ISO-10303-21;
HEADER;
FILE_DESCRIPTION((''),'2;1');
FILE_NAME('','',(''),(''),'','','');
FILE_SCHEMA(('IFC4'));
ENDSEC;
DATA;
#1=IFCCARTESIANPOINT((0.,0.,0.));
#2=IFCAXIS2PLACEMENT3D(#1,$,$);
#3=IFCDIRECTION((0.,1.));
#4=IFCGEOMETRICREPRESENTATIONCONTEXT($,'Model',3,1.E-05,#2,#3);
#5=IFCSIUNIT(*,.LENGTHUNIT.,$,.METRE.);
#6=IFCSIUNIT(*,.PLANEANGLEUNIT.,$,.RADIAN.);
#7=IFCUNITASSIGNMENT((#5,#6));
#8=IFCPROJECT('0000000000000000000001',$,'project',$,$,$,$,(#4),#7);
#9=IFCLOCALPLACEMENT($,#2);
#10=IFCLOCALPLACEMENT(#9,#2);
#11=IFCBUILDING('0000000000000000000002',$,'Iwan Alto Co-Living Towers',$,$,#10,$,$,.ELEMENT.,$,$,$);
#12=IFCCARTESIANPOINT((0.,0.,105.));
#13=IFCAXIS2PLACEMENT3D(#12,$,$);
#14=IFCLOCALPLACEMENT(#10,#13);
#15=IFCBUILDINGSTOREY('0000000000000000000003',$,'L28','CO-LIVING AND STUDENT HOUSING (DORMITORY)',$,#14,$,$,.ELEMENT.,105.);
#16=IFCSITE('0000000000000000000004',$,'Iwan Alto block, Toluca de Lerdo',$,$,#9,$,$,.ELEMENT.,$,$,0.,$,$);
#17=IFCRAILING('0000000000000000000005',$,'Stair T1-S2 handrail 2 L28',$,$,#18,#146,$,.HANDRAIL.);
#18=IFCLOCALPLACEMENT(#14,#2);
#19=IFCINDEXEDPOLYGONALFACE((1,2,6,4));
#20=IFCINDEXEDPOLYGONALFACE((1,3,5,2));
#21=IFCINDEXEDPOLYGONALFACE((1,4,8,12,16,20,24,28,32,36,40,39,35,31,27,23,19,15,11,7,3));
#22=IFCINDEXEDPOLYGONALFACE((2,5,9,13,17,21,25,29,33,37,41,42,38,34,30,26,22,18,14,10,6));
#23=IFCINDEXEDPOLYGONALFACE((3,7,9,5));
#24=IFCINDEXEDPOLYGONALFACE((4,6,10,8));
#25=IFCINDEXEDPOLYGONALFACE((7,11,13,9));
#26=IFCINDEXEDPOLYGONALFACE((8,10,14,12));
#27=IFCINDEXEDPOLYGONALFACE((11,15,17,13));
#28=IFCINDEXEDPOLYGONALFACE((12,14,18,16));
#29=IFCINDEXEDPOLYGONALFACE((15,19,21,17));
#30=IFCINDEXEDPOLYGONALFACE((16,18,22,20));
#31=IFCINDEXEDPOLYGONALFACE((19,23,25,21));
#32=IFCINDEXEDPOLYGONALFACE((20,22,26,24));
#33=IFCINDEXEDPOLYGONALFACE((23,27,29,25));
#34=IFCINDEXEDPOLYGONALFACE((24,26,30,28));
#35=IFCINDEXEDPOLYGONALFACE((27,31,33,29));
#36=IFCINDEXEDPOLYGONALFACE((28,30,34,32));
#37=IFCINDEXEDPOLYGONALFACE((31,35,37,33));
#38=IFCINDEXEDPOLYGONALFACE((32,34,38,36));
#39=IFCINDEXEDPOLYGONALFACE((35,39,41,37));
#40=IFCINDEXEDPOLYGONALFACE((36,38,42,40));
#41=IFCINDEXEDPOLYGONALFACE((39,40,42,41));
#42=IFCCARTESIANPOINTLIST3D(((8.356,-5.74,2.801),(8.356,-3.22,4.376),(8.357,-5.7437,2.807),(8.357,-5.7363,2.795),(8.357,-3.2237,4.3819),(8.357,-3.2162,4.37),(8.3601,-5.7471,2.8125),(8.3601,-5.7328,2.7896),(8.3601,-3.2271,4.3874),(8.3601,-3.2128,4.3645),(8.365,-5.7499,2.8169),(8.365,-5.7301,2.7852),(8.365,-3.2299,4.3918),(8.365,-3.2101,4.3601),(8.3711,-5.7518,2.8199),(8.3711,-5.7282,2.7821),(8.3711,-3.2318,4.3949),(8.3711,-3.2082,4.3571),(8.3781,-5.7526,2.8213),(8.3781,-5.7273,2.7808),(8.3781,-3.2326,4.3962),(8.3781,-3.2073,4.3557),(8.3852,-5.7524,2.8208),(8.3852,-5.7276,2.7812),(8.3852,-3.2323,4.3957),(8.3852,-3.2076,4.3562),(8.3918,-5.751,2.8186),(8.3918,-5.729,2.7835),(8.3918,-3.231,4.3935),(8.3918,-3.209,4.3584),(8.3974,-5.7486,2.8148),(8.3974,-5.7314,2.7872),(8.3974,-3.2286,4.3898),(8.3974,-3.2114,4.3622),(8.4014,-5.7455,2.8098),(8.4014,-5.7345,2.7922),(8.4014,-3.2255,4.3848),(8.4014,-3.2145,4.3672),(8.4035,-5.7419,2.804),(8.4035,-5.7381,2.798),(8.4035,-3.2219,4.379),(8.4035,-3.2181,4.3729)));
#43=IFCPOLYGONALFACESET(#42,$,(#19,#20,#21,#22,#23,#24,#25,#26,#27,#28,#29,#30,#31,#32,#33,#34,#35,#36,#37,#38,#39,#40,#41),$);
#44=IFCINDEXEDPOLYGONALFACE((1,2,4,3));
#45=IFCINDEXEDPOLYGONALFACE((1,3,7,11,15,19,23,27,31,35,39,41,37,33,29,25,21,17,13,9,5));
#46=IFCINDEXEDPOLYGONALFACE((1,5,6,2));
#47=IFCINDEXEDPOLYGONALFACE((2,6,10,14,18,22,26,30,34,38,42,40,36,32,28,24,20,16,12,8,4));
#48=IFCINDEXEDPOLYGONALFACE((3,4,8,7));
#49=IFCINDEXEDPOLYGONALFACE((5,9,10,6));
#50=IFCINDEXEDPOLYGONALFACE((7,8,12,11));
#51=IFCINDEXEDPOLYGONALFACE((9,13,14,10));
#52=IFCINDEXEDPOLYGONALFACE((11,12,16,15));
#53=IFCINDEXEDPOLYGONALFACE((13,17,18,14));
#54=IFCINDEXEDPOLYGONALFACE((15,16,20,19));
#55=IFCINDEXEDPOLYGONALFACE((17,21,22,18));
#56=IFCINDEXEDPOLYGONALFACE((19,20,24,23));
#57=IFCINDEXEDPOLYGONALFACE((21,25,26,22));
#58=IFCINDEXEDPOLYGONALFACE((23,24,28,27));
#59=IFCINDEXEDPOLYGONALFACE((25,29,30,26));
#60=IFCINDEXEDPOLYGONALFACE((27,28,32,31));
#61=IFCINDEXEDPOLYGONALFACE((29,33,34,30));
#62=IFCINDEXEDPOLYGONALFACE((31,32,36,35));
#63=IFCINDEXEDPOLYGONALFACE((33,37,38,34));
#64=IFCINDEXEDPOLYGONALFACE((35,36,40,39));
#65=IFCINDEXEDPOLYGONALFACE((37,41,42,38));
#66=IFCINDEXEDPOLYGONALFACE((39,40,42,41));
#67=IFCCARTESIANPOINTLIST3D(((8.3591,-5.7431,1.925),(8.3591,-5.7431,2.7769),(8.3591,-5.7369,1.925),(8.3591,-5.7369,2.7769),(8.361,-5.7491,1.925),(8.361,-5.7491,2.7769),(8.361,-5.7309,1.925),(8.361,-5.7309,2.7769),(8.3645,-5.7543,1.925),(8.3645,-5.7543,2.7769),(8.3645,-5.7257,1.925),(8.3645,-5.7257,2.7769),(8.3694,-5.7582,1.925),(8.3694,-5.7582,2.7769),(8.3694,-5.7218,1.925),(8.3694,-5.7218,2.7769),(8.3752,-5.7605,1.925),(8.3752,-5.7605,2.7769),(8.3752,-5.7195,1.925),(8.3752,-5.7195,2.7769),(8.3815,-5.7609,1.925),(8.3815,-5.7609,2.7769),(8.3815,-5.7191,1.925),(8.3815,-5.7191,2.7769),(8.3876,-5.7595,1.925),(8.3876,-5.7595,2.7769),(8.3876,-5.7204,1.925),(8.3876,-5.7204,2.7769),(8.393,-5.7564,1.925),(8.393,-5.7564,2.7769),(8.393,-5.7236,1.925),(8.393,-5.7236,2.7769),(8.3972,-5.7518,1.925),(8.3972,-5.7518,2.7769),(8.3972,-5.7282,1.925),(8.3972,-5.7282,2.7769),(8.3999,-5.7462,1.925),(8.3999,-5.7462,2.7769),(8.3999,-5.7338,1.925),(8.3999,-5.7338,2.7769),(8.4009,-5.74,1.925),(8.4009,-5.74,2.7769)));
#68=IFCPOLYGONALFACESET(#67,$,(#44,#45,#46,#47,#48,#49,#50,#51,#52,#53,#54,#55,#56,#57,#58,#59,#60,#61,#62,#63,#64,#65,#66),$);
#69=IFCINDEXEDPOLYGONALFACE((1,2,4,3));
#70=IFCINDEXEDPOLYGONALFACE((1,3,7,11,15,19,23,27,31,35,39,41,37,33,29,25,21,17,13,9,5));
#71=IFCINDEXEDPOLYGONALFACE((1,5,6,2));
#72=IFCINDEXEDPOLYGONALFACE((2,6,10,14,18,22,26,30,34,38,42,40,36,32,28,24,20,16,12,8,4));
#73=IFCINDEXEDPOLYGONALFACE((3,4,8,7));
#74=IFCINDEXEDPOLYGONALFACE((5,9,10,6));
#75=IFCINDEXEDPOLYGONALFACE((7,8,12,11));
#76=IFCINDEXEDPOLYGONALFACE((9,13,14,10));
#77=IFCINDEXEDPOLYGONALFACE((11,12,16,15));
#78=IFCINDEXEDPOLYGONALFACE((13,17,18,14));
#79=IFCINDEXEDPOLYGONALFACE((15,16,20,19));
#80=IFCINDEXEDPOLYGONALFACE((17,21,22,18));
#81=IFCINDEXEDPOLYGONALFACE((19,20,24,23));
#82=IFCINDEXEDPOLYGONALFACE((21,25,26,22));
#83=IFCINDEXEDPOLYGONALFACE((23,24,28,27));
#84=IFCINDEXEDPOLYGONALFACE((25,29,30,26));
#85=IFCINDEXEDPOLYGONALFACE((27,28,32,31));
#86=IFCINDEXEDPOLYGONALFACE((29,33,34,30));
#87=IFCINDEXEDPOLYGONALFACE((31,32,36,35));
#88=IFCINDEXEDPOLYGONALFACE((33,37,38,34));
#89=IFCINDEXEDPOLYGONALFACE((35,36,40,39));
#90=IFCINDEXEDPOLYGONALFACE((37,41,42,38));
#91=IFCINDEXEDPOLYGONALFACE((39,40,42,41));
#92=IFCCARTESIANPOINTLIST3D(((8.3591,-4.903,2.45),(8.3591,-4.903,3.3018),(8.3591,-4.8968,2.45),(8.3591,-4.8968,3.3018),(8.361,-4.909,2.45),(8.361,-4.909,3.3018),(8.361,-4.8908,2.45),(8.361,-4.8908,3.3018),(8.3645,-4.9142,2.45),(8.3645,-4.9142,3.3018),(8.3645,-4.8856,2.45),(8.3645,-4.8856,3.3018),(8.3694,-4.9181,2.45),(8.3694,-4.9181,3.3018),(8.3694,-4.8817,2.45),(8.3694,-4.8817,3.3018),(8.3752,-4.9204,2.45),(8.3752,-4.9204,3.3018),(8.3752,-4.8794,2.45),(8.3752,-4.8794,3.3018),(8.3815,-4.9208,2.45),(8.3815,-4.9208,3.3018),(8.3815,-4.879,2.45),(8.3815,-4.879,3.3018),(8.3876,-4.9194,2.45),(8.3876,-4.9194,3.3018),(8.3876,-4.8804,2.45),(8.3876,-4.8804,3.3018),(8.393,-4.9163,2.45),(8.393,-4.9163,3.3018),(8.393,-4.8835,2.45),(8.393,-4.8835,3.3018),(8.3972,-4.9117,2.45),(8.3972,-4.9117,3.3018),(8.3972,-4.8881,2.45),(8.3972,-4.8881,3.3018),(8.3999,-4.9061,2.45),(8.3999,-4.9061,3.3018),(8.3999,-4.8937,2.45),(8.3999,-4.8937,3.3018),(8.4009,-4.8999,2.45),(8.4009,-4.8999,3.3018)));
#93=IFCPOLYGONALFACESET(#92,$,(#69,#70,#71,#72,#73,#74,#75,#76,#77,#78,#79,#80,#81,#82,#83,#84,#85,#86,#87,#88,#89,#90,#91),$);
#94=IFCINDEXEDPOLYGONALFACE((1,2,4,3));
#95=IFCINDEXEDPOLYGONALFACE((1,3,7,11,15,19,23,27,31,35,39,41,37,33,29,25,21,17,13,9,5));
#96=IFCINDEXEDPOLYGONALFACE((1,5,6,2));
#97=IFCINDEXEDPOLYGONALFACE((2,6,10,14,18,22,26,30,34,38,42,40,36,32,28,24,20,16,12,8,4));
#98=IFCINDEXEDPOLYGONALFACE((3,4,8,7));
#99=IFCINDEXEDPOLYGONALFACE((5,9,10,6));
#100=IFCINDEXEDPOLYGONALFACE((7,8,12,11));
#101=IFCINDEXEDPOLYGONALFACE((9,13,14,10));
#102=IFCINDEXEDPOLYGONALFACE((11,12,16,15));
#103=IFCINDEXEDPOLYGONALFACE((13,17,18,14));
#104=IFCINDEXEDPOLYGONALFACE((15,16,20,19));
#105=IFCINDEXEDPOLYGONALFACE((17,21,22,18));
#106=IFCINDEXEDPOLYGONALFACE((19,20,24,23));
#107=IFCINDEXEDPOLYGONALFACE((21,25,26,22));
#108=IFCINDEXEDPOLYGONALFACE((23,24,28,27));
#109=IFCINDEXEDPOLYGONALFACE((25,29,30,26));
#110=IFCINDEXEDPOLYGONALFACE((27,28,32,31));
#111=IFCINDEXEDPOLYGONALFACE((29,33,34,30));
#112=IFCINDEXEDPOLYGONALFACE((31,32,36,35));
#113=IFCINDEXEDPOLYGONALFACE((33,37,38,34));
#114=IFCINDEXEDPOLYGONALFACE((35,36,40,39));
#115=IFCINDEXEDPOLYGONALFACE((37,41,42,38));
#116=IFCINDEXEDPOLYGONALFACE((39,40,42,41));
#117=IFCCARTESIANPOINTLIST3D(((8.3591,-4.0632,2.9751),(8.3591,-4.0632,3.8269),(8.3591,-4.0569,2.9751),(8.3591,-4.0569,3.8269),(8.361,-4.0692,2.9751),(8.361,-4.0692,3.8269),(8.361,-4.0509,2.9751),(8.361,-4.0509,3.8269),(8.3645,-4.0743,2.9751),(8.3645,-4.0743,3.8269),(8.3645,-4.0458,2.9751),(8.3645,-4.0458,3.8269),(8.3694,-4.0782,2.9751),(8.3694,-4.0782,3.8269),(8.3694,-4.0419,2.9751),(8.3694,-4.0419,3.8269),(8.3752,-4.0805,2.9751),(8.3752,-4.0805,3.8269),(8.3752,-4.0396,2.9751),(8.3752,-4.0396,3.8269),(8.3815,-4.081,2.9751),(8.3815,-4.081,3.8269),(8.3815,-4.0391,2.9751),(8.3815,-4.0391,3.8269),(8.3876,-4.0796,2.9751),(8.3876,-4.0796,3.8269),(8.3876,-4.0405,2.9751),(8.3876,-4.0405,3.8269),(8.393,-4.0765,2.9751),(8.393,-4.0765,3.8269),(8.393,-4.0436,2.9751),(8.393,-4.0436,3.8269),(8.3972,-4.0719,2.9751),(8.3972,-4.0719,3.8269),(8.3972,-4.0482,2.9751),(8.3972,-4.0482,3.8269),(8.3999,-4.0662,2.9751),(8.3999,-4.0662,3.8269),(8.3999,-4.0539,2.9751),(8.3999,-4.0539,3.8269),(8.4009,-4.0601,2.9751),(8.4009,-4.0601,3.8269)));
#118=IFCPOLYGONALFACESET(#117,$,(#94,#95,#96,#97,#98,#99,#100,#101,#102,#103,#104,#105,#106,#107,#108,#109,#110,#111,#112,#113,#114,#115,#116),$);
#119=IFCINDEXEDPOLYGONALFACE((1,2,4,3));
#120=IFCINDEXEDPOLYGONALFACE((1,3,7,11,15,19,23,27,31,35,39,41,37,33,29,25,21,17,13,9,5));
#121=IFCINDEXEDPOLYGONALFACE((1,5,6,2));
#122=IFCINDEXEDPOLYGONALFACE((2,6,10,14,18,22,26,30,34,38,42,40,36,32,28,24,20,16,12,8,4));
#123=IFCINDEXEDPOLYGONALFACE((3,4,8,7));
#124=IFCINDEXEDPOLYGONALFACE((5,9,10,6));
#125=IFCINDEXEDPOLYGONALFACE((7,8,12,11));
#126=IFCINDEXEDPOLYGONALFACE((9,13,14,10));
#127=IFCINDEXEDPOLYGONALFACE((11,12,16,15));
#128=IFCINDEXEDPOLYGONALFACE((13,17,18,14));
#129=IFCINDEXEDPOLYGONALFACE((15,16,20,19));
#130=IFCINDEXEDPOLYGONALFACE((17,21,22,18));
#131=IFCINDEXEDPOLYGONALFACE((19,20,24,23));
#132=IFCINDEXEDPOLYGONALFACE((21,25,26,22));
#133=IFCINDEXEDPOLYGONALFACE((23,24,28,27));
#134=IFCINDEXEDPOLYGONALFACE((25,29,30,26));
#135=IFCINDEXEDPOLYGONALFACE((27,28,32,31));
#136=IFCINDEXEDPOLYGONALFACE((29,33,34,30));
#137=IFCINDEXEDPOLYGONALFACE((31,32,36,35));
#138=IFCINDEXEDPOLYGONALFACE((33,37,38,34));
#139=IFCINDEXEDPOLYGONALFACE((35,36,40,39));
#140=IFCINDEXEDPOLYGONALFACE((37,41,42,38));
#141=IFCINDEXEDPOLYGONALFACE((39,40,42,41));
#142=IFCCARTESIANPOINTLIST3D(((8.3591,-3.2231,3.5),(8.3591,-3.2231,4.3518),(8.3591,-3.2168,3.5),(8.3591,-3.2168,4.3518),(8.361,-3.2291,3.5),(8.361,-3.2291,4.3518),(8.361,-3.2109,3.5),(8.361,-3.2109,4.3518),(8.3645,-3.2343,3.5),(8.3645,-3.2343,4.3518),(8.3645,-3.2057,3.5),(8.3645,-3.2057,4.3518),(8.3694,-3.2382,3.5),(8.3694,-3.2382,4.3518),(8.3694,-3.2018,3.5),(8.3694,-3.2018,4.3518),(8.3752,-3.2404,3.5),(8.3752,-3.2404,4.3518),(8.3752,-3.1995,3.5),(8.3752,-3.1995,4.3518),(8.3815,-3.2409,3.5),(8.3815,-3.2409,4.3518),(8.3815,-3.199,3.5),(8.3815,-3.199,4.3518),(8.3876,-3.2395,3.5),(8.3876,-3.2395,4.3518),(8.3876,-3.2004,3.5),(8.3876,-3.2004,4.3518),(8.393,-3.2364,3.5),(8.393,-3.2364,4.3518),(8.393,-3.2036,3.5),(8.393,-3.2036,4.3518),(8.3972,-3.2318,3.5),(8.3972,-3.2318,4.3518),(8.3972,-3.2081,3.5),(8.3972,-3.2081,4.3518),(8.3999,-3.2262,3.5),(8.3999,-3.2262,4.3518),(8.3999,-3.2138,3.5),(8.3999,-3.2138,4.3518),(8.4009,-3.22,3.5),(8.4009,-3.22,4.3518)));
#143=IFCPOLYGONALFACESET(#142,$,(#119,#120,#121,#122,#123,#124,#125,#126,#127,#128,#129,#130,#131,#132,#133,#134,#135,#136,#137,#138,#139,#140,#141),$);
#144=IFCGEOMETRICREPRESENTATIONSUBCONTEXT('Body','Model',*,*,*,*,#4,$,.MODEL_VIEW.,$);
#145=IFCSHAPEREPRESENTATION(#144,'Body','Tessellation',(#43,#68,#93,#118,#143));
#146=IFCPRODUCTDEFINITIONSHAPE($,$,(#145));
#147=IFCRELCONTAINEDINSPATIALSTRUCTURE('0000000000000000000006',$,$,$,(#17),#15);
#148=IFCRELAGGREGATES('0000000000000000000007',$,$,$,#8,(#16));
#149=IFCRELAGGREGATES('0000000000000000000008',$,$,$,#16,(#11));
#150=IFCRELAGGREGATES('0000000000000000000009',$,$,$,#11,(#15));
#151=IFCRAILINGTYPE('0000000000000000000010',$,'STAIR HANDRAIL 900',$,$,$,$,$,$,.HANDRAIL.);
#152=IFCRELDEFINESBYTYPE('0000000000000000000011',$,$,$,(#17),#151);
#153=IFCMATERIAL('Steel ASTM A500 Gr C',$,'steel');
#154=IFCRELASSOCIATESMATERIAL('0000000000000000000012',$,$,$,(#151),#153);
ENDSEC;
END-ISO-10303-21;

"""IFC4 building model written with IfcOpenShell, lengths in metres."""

from ifc_helpers import new_model, si_unit, direction, frame, origin, origin_2d, place, context, subcontext, project, spatial, circle, extrude, material, type_object, element, save


model = new_model("IFC4")

# Units and contexts
model_context = context("Model", 3, precision=1e-05, world=origin(), true_north=direction((0.0, 1.0)))
body_context = subcontext(model_context, "Body", "Model", "MODEL_VIEW")
ifc_project = project(units=[si_unit("LENGTHUNIT", "METRE"), si_unit("PLANEANGLEUNIT", "RADIAN")], contexts=[model_context])

# Site, building, storey
site_placement = place(None, origin())
site = spatial("IfcSite", under=ifc_project, at=site_placement, Name="Iwan Alto block, Toluca de Lerdo", CompositionType="ELEMENT", RefElevation=0.0)
building_placement = place(site_placement, origin())
building = spatial("IfcBuilding", under=site, at=building_placement, Name="Iwan Alto Co-Living Towers", CompositionType="ELEMENT")
storey_placement = place(building_placement, frame((0.0, 0.0, 105.0)))
storey = spatial("IfcBuildingStorey", under=building, at=storey_placement, Name="L28", Description="CO-LIVING AND STUDENT HOUSING (DORMITORY)", CompositionType="ELEMENT", Elevation=105.0)

# Railing
ifc_material_1 = material(Name="Steel ASTM A500 Gr C", Category="steel")
railing_type_1 = type_object("IfcRailingType", Name="STAIR HANDRAIL 900", PredefinedType="HANDRAIL", material=ifc_material_1)
railing_1_placement = place(storey_placement, frame((8.3799, -5.74, 1.925)))
element("IfcRailing", 1, at=railing_1_placement, inside=storey, type_object=railing_type_1, Name="Stair T1-S2 handrail 2 L28", PredefinedType="HANDRAIL", context=body_context, shape_type="SweptSolid", body=[
    extrude(circle(Radius=0.0239, at=origin_2d()), frame((0.0, 0.0, 0.876), z_axis=(0.0, 0.848008, 0.529984), x_axis=(-1.0, 0.0, 0.0)), (0.0, 0.0, 1.0), 2.9717),
    extrude(circle(Radius=0.021, at=origin_2d()), origin(), (0.0, 0.0, 1.0), 0.8518),
    extrude(circle(Radius=0.021, at=origin_2d()), frame((0.0, 0.8401, 0.5249)), (0.0, 0.0, 1.0), 0.8518),
    extrude(circle(Radius=0.021, at=origin_2d()), frame((0.0, 1.6799, 1.05)), (0.0, 0.0, 1.0), 0.8518),
    extrude(circle(Radius=0.021, at=origin_2d()), frame((0.0, 2.52, 1.575)), (0.0, 0.0, 1.0), 0.8518),
])

save(model, "model.ifc")
